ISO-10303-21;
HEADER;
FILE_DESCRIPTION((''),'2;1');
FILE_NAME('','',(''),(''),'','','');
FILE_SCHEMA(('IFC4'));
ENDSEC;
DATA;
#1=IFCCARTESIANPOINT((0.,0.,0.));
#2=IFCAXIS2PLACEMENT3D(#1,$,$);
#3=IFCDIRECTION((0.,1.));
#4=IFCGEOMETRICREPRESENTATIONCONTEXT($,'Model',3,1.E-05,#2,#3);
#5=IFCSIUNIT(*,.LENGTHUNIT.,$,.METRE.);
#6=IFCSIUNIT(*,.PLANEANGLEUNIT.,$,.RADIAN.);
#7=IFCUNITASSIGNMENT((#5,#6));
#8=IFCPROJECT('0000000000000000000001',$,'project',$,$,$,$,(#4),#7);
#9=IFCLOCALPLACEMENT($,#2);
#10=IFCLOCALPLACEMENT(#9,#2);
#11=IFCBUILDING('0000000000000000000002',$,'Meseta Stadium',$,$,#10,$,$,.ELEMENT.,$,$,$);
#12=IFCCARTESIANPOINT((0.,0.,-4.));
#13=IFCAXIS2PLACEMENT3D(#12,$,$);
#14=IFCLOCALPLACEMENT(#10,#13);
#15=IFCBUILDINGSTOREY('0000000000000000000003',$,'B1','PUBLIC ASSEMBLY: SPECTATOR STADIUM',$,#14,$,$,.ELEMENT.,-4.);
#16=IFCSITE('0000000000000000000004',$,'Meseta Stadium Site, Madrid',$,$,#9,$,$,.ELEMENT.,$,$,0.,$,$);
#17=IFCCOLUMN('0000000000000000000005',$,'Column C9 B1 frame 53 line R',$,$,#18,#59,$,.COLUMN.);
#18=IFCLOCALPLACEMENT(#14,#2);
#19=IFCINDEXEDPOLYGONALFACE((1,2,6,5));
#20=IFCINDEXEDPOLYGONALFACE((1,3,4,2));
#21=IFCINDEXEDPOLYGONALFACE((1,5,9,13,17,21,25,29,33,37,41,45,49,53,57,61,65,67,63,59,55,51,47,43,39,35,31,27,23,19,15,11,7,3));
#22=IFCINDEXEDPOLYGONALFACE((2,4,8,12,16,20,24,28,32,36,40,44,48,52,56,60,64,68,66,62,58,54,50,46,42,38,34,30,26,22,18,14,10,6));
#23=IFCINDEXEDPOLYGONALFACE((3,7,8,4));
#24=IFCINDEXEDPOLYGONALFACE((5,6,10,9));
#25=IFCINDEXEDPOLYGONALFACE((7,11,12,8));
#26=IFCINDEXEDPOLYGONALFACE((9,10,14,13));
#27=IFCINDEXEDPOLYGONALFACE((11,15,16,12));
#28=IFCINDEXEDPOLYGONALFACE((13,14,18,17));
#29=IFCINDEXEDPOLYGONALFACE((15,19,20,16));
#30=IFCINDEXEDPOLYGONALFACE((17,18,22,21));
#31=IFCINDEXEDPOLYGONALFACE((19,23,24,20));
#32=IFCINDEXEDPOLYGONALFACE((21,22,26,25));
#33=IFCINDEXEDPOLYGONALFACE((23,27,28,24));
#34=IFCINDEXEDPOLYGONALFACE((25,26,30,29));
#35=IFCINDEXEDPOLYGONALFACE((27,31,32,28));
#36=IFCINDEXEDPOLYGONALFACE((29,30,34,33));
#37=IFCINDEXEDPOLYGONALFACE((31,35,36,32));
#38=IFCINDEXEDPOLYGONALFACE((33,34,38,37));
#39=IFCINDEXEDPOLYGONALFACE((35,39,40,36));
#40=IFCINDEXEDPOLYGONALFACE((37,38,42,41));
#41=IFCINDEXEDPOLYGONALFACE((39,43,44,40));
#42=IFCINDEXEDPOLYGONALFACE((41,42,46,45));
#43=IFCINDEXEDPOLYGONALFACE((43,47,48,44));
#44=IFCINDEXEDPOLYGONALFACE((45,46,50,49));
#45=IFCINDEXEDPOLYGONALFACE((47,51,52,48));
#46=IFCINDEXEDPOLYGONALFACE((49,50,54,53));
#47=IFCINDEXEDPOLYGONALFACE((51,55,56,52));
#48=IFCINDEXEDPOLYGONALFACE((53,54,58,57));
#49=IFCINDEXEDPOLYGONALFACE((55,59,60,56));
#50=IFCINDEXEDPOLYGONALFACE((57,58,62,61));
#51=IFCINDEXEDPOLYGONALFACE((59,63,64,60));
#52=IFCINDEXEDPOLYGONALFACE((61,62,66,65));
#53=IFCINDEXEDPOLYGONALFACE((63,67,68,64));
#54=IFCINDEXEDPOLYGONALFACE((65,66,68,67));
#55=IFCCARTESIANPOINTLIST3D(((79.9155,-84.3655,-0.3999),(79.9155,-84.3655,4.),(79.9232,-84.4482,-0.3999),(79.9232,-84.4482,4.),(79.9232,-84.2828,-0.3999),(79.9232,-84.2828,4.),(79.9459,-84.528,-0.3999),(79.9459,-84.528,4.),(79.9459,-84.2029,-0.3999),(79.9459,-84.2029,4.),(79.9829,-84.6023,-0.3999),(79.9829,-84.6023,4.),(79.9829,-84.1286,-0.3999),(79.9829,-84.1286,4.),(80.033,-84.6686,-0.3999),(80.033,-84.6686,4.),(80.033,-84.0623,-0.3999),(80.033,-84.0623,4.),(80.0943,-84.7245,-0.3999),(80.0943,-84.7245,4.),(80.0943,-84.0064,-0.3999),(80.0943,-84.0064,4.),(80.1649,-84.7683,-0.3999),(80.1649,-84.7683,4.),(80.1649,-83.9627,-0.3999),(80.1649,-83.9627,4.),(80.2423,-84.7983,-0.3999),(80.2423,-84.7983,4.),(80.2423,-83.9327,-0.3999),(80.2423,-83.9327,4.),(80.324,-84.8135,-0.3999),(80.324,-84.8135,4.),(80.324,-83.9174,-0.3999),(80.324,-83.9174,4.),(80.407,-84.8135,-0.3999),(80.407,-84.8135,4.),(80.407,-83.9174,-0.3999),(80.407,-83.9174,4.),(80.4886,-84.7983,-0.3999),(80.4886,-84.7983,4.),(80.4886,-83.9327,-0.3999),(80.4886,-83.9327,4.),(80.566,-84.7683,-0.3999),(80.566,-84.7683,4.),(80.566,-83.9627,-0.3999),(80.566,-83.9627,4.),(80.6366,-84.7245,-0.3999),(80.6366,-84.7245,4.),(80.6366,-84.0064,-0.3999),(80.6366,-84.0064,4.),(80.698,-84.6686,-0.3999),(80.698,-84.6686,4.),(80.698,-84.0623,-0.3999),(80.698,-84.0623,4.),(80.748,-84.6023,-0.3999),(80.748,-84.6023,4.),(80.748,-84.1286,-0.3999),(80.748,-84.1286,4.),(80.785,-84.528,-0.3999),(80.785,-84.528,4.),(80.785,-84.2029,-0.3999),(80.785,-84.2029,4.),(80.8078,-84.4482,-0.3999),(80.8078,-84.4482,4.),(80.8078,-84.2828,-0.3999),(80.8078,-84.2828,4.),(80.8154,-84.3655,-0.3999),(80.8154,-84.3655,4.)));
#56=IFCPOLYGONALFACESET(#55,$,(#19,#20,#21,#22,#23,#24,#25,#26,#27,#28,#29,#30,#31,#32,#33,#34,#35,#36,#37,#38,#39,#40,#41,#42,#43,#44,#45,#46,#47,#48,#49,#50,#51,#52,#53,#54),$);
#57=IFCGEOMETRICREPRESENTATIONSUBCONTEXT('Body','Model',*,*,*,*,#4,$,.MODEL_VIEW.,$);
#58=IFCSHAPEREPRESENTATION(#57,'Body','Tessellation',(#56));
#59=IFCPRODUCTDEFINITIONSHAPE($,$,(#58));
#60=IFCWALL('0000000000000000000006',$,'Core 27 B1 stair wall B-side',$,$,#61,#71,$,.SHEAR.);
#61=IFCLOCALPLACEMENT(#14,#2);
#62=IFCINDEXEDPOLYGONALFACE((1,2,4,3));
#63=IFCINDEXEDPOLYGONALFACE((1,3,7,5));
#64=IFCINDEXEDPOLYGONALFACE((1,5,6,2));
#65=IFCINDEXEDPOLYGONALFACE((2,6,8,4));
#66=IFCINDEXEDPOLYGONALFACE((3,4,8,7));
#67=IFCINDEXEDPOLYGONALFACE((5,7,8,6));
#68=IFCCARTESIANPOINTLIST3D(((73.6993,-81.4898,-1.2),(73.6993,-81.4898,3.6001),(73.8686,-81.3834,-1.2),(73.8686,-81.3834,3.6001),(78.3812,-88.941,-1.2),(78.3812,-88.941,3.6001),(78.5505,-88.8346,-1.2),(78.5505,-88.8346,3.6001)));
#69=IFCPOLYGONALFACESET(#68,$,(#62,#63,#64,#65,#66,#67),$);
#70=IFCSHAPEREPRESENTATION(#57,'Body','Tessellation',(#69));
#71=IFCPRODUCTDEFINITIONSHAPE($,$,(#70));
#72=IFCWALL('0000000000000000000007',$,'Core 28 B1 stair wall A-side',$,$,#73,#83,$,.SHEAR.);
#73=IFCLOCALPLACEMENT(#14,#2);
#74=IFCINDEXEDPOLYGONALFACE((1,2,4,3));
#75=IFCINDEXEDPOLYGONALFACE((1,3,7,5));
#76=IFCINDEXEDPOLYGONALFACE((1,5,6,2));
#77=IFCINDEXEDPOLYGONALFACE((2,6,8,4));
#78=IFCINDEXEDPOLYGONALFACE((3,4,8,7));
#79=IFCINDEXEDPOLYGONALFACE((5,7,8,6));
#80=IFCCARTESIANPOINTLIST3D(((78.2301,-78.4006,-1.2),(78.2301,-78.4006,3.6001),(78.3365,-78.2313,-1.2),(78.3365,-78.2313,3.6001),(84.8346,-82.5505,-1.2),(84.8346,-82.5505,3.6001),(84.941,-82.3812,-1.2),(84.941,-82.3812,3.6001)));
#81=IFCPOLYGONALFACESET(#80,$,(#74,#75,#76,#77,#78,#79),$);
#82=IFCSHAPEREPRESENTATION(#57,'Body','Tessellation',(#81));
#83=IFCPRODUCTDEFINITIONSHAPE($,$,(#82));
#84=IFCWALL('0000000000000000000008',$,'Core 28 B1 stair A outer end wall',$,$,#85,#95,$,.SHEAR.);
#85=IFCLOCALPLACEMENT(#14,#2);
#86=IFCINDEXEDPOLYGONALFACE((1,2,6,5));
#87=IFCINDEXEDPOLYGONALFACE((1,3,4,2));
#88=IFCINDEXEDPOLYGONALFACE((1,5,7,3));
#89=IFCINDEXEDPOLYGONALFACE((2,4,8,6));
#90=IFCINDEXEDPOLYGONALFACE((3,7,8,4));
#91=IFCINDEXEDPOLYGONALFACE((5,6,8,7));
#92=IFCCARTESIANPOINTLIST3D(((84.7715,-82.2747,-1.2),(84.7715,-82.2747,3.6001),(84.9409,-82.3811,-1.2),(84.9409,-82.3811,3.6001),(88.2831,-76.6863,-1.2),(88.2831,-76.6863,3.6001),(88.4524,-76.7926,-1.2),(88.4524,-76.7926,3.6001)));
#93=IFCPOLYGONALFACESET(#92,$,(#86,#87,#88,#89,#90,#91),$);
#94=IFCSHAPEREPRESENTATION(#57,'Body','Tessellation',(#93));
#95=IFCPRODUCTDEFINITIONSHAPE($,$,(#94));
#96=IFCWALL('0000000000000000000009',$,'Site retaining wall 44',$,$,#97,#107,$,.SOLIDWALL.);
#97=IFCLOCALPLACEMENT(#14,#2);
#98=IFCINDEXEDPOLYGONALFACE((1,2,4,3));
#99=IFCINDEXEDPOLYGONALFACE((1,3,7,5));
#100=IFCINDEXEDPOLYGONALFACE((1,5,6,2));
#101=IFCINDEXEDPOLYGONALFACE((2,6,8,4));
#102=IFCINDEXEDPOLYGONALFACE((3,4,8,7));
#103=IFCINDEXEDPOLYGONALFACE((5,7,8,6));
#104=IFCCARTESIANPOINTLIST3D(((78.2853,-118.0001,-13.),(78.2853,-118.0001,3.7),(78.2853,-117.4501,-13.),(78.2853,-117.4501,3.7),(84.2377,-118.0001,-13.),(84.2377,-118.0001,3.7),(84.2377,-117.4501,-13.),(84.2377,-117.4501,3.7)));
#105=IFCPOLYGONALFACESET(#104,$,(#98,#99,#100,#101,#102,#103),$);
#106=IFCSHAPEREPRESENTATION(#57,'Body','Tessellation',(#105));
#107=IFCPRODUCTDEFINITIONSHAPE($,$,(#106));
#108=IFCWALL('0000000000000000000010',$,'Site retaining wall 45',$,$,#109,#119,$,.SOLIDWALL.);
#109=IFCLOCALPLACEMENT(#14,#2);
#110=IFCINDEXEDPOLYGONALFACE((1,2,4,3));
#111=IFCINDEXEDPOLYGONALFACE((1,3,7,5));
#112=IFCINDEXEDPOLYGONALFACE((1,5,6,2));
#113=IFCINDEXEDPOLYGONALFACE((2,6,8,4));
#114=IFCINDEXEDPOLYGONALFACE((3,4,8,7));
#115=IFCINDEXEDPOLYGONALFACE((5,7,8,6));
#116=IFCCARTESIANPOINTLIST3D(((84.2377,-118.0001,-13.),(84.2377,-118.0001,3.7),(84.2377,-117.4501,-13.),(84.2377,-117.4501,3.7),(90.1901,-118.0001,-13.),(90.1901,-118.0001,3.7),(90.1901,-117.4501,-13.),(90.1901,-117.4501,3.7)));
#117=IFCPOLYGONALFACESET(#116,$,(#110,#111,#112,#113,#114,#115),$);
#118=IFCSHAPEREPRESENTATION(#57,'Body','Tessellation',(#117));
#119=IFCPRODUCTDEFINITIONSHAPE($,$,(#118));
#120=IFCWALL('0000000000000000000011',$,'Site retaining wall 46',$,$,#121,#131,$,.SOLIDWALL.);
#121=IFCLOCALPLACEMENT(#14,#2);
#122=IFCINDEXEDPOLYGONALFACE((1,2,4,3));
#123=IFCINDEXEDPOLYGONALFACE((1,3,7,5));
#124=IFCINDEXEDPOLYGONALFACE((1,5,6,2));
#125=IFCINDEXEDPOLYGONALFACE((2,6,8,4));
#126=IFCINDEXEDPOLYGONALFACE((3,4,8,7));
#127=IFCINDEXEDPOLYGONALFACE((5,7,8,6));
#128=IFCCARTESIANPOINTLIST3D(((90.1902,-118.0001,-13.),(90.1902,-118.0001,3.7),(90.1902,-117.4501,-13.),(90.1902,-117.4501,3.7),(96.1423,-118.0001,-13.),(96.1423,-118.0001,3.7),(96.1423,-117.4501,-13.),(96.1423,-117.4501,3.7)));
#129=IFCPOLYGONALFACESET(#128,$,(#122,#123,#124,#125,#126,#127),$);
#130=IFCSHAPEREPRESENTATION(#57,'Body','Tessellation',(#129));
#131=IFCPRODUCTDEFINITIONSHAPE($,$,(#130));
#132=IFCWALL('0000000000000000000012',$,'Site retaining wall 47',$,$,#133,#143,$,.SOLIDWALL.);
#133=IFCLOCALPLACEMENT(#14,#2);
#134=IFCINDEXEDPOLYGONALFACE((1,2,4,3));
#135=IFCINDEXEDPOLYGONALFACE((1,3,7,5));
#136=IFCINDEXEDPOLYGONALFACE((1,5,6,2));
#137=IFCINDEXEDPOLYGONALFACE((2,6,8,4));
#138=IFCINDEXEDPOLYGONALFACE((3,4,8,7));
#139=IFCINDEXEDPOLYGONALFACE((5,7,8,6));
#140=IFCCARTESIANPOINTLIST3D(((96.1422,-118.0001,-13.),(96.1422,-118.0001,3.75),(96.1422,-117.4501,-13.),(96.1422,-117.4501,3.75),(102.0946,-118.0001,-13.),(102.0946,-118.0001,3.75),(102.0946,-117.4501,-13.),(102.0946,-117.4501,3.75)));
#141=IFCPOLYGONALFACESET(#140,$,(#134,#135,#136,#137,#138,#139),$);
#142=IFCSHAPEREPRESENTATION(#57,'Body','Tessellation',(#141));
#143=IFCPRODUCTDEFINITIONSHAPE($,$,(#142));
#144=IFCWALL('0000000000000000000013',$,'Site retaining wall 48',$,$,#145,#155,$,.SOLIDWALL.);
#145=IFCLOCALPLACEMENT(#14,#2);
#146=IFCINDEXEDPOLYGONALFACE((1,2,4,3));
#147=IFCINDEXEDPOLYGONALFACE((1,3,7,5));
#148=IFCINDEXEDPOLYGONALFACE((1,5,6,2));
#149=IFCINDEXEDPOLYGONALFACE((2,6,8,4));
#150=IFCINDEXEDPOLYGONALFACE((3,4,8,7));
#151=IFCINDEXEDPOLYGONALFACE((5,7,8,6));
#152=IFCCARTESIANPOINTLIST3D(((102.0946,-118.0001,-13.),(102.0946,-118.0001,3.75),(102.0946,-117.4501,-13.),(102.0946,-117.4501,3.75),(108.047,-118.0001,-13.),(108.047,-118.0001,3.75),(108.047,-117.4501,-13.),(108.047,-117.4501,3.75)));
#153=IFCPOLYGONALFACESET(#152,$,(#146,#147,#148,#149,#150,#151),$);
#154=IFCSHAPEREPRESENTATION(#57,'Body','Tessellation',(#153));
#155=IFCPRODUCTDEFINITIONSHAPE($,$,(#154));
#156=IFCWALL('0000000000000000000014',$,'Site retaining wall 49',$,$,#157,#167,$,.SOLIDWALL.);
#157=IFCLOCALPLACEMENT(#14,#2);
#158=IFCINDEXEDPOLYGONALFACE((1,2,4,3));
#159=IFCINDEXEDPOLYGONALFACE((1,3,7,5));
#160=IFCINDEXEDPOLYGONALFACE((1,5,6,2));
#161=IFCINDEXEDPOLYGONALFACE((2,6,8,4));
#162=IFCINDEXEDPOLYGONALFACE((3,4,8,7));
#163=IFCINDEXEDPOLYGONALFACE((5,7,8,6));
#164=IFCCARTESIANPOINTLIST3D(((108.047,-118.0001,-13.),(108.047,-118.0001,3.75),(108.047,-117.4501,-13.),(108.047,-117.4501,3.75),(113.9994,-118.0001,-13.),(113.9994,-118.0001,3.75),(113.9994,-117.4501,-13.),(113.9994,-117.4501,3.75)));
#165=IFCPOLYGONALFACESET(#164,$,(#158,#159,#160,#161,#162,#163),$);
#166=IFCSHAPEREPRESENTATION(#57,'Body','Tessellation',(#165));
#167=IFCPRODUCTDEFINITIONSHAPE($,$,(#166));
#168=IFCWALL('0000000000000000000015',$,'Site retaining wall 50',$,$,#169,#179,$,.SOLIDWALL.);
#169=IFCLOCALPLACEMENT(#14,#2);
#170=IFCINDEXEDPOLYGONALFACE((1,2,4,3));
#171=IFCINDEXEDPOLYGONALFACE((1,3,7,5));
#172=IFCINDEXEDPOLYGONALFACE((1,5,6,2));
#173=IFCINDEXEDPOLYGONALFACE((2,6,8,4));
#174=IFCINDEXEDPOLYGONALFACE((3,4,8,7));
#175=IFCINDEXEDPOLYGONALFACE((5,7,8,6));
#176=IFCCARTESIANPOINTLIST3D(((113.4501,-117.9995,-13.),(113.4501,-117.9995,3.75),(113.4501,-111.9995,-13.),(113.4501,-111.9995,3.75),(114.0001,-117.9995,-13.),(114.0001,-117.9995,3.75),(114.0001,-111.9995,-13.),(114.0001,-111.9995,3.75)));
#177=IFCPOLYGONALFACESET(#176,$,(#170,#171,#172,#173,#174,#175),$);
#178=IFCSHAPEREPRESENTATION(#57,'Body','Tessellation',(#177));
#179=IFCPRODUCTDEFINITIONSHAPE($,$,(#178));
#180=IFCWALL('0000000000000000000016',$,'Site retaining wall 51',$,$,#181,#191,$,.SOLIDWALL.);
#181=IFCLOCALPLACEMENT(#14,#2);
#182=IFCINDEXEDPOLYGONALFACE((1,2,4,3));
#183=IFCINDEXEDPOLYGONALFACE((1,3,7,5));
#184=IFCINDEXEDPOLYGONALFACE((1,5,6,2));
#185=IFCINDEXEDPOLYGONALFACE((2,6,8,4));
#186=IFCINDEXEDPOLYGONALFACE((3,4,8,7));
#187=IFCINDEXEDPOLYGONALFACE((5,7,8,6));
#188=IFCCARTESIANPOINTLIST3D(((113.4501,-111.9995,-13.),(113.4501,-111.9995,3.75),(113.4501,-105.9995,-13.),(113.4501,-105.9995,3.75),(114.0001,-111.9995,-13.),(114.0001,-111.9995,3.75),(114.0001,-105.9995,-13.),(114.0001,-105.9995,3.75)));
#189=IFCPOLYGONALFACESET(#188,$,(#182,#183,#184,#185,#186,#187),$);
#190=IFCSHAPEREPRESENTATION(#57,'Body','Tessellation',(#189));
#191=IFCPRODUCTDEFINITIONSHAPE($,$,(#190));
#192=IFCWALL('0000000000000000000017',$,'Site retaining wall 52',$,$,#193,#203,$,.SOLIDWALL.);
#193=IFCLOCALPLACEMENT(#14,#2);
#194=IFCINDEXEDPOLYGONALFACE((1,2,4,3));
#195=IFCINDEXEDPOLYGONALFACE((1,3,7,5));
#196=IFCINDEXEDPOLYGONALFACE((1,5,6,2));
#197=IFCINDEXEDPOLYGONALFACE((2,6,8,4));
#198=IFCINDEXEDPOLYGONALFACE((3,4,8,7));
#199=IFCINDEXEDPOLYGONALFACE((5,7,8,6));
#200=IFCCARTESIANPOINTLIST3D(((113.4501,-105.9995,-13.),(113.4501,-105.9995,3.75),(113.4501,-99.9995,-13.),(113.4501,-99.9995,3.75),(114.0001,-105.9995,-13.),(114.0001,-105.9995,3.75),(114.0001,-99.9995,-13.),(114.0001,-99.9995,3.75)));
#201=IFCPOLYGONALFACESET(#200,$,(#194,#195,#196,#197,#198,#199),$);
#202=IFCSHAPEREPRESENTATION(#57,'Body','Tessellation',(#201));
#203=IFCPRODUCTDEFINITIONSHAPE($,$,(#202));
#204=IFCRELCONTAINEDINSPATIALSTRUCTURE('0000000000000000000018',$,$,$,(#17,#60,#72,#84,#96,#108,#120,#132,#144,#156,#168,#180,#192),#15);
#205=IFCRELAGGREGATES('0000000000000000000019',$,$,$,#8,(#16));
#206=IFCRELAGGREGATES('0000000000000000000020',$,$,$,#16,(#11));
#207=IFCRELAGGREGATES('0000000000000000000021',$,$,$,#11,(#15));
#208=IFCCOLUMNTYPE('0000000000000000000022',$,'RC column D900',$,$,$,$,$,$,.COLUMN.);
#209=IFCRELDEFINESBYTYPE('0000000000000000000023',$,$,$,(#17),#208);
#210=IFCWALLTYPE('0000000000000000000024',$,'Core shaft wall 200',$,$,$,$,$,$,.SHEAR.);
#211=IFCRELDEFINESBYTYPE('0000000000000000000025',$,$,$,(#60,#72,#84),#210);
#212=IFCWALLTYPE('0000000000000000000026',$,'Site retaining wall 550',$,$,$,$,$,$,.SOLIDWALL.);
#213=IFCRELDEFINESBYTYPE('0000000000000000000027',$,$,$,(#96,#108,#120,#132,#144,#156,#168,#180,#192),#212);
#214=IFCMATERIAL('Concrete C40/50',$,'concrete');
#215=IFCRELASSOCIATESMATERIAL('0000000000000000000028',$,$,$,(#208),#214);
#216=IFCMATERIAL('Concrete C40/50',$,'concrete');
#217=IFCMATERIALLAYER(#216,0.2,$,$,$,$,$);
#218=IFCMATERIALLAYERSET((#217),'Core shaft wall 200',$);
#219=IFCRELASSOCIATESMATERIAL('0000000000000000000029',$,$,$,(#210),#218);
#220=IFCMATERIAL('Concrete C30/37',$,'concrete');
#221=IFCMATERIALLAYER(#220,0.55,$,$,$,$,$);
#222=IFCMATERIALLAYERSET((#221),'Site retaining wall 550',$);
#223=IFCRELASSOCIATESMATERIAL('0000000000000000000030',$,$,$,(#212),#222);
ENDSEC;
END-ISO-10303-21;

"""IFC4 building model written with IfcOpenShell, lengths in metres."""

from ifc_helpers import new_model, si_unit, direction, frame, frame_2d, origin, origin_2d, place, context, subcontext, project, spatial, rectangle, circle, extrude, material, layer, layer_set, material_profile, profile_set, type_object, element, save


model = new_model("IFC4")

# Units and contexts
model_context = context("Model", 3, precision=1e-05, world=origin(), true_north=direction((0.0, 1.0)))
body_context = subcontext(model_context, "Body", "Model", "MODEL_VIEW")
ifc_project = project(units=[si_unit("LENGTHUNIT", "METRE"), si_unit("PLANEANGLEUNIT", "RADIAN")], contexts=[model_context])

# Site, building, storey
site_placement = place(None, origin())
site = spatial("IfcSite", under=ifc_project, at=site_placement, Name="Meseta Stadium Site, Madrid", CompositionType="ELEMENT", RefElevation=0.0)
building_placement = place(site_placement, origin())
building = spatial("IfcBuilding", under=site, at=building_placement, Name="Meseta Stadium", CompositionType="ELEMENT")
storey_placement = place(building_placement, frame((0.0, 0.0, -4.0)))
storey = spatial("IfcBuildingStorey", under=building, at=storey_placement, Name="B1", Description="PUBLIC ASSEMBLY: SPECTATOR STADIUM", CompositionType="ELEMENT", Elevation=-4.0)

# Column
ifc_material_1 = material(Name="Concrete C40/50", Category="concrete")
ifc_material_profile = material_profile(ifc_material_1, circle(Radius=0.45, at=origin_2d()), Name="RC D900")
ifc_profile_set = profile_set([ifc_material_profile], Name="Concrete C40/50")
column_type = type_object("IfcColumnType", Name="RC column D900", PredefinedType="COLUMN", material=ifc_profile_set)
column_placement = place(storey_placement, frame((80.3655, -84.3655, -0.3999), z_axis=(0.0, 0.0, 1.0), x_axis=(1.0, 0.0, 0.0)))
element("IfcColumn", 1, at=column_placement, inside=storey, type_object=column_type, Name="Column C9 B1 frame 53 line R", PredefinedType="COLUMN", context=body_context, shape_type="SweptSolid", body=[
    extrude(circle(Radius=0.45, at=origin_2d()), origin(), (0.0, 0.0, 1.0), 4.3999),
])

# Walls
ifc_material_2 = material(Name="Concrete C40/50", Category="concrete")
ifc_layer_1 = layer(ifc_material_2, 0.2)
ifc_layer_set_1 = layer_set([ifc_layer_1], Name="Core shaft wall 200")
wall_type_1 = type_object("IfcWallType", Name="Core shaft wall 200", PredefinedType="SHEAR", material=ifc_layer_set_1)
wall_1_placement = place(storey_placement, frame((78.4658, -88.8877, -1.2), z_axis=(0.0, 0.0, 1.0), x_axis=(-0.532032, 0.846724, 0.0)))
element("IfcWall", 2, at=wall_1_placement, inside=storey, type_object=wall_type_1, Name="Core 27 B1 stair wall B-side", PredefinedType="SHEAR", context=body_context, shape_type="SweptSolid", body=[
    extrude(rectangle(XDim=8.8, YDim=0.2, at=frame_2d((4.3999, 0.0))), origin(), (0.0, 0.0, 1.0), 4.8),
])
wall_2_placement = place(storey_placement, frame((84.8877, -82.4658, -1.2), z_axis=(0.0, 0.0, 1.0), x_axis=(-0.846723, 0.532034, 0.0)))
element("IfcWall", 3, at=wall_2_placement, inside=storey, type_object=wall_type_1, Name="Core 28 B1 stair wall A-side", PredefinedType="SHEAR", context=body_context, shape_type="SweptSolid", body=[
    extrude(rectangle(XDim=7.8, YDim=0.2, at=frame_2d((3.8999, 0.0))), origin(), (0.0, 0.0, 1.0), 4.8),
])
wall_3_placement = place(storey_placement, frame((84.8562, -82.3279, -1.2), z_axis=(0.0, 0.0, 1.0), x_axis=(0.532039, 0.84672, 0.0)))
element("IfcWall", 4, at=wall_3_placement, inside=storey, type_object=wall_type_1, Name="Core 28 B1 stair A outer end wall", PredefinedType="SHEAR", context=body_context, shape_type="SweptSolid", body=[
    extrude(rectangle(XDim=6.6001, YDim=0.2, at=frame_2d((3.3, 0.0))), origin(), (0.0, 0.0, 1.0), 4.8),
])
ifc_material_3 = material(Name="Concrete C30/37", Category="concrete")
ifc_layer_2 = layer(ifc_material_3, 0.55)
ifc_layer_set_2 = layer_set([ifc_layer_2], Name="Site retaining wall 550")
wall_type_2 = type_object("IfcWallType", Name="Site retaining wall 550", PredefinedType="SOLIDWALL", material=ifc_layer_set_2)
for number, where, z_axis, x_axis, name in (
    (5, (78.2854, -117.7251, -13.0), (0.0, 0.0, 1.0), (1.0, 0.0, 0.0), "Site retaining wall 44"),
    (6, (84.2378, -117.7251, -13.0), (0.0, 0.0, 1.0), (1.0, 0.0, 0.0), "Site retaining wall 45"),
):
    element("IfcWall", number, at=place(storey_placement, frame(where, z_axis=z_axis, x_axis=x_axis)), inside=storey, type_object=wall_type_2, Name=name, PredefinedType="SOLIDWALL", context=body_context, shape_type="SweptSolid", body=[
        extrude(rectangle(XDim=5.9524, YDim=0.55, at=frame_2d((2.9761, 0.0))), origin(), (0.0, 0.0, 1.0), 16.7),
    ])
wall_4_placement = place(storey_placement, frame((90.1902, -117.7251, -13.0), z_axis=(0.0, 0.0, 1.0), x_axis=(1.0, 0.0, 0.0)))
element("IfcWall", 7, at=wall_4_placement, inside=storey, type_object=wall_type_2, Name="Site retaining wall 46", PredefinedType="SOLIDWALL", context=body_context, shape_type="SweptSolid", body=[
    extrude(rectangle(XDim=5.9521, YDim=0.55, at=frame_2d((2.9761, 0.0))), origin(), (0.0, 0.0, 1.0), 16.7),
])
for number, where, z_axis, x_axis, name in (
    (8, (96.1423, -117.7251, -13.0), (0.0, 0.0, 1.0), (1.0, 0.0, 0.0), "Site retaining wall 47"),
    (9, (102.0947, -117.7251, -13.0), (0.0, 0.0, 1.0), (1.0, 0.0, 0.0), "Site retaining wall 48"),
    (10, (108.0471, -117.7251, -13.0), (0.0, 0.0, 1.0), (1.0, 0.0, 0.0), "Site retaining wall 49"),
):
    element("IfcWall", number, at=place(storey_placement, frame(where, z_axis=z_axis, x_axis=x_axis)), inside=storey, type_object=wall_type_2, Name=name, PredefinedType="SOLIDWALL", context=body_context, shape_type="SweptSolid", body=[
        extrude(rectangle(XDim=5.9524, YDim=0.55, at=frame_2d((2.9761, 0.0))), origin(), (0.0, 0.0, 1.0), 16.75),
    ])
for number, where, z_axis, x_axis, name in (
    (11, (113.7251, -117.9995, -13.0), (0.0, 0.0, 1.0), (0.0, 1.0, 0.0), "Site retaining wall 50"),
    (12, (113.7251, -111.9995, -13.0), (0.0, 0.0, 1.0), (0.0, 1.0, 0.0), "Site retaining wall 51"),
    (13, (113.7251, -105.9995, -13.0), (0.0, 0.0, 1.0), (0.0, 1.0, 0.0), "Site retaining wall 52"),
):
    element("IfcWall", number, at=place(storey_placement, frame(where, z_axis=z_axis, x_axis=x_axis)), inside=storey, type_object=wall_type_2, Name=name, PredefinedType="SOLIDWALL", context=body_context, shape_type="SweptSolid", body=[
        extrude(rectangle(XDim=6.0, YDim=0.55, at=frame_2d((3.0, 0.0))), origin(), (0.0, 0.0, 1.0), 16.75),
    ])

save(model, "model.ifc")
